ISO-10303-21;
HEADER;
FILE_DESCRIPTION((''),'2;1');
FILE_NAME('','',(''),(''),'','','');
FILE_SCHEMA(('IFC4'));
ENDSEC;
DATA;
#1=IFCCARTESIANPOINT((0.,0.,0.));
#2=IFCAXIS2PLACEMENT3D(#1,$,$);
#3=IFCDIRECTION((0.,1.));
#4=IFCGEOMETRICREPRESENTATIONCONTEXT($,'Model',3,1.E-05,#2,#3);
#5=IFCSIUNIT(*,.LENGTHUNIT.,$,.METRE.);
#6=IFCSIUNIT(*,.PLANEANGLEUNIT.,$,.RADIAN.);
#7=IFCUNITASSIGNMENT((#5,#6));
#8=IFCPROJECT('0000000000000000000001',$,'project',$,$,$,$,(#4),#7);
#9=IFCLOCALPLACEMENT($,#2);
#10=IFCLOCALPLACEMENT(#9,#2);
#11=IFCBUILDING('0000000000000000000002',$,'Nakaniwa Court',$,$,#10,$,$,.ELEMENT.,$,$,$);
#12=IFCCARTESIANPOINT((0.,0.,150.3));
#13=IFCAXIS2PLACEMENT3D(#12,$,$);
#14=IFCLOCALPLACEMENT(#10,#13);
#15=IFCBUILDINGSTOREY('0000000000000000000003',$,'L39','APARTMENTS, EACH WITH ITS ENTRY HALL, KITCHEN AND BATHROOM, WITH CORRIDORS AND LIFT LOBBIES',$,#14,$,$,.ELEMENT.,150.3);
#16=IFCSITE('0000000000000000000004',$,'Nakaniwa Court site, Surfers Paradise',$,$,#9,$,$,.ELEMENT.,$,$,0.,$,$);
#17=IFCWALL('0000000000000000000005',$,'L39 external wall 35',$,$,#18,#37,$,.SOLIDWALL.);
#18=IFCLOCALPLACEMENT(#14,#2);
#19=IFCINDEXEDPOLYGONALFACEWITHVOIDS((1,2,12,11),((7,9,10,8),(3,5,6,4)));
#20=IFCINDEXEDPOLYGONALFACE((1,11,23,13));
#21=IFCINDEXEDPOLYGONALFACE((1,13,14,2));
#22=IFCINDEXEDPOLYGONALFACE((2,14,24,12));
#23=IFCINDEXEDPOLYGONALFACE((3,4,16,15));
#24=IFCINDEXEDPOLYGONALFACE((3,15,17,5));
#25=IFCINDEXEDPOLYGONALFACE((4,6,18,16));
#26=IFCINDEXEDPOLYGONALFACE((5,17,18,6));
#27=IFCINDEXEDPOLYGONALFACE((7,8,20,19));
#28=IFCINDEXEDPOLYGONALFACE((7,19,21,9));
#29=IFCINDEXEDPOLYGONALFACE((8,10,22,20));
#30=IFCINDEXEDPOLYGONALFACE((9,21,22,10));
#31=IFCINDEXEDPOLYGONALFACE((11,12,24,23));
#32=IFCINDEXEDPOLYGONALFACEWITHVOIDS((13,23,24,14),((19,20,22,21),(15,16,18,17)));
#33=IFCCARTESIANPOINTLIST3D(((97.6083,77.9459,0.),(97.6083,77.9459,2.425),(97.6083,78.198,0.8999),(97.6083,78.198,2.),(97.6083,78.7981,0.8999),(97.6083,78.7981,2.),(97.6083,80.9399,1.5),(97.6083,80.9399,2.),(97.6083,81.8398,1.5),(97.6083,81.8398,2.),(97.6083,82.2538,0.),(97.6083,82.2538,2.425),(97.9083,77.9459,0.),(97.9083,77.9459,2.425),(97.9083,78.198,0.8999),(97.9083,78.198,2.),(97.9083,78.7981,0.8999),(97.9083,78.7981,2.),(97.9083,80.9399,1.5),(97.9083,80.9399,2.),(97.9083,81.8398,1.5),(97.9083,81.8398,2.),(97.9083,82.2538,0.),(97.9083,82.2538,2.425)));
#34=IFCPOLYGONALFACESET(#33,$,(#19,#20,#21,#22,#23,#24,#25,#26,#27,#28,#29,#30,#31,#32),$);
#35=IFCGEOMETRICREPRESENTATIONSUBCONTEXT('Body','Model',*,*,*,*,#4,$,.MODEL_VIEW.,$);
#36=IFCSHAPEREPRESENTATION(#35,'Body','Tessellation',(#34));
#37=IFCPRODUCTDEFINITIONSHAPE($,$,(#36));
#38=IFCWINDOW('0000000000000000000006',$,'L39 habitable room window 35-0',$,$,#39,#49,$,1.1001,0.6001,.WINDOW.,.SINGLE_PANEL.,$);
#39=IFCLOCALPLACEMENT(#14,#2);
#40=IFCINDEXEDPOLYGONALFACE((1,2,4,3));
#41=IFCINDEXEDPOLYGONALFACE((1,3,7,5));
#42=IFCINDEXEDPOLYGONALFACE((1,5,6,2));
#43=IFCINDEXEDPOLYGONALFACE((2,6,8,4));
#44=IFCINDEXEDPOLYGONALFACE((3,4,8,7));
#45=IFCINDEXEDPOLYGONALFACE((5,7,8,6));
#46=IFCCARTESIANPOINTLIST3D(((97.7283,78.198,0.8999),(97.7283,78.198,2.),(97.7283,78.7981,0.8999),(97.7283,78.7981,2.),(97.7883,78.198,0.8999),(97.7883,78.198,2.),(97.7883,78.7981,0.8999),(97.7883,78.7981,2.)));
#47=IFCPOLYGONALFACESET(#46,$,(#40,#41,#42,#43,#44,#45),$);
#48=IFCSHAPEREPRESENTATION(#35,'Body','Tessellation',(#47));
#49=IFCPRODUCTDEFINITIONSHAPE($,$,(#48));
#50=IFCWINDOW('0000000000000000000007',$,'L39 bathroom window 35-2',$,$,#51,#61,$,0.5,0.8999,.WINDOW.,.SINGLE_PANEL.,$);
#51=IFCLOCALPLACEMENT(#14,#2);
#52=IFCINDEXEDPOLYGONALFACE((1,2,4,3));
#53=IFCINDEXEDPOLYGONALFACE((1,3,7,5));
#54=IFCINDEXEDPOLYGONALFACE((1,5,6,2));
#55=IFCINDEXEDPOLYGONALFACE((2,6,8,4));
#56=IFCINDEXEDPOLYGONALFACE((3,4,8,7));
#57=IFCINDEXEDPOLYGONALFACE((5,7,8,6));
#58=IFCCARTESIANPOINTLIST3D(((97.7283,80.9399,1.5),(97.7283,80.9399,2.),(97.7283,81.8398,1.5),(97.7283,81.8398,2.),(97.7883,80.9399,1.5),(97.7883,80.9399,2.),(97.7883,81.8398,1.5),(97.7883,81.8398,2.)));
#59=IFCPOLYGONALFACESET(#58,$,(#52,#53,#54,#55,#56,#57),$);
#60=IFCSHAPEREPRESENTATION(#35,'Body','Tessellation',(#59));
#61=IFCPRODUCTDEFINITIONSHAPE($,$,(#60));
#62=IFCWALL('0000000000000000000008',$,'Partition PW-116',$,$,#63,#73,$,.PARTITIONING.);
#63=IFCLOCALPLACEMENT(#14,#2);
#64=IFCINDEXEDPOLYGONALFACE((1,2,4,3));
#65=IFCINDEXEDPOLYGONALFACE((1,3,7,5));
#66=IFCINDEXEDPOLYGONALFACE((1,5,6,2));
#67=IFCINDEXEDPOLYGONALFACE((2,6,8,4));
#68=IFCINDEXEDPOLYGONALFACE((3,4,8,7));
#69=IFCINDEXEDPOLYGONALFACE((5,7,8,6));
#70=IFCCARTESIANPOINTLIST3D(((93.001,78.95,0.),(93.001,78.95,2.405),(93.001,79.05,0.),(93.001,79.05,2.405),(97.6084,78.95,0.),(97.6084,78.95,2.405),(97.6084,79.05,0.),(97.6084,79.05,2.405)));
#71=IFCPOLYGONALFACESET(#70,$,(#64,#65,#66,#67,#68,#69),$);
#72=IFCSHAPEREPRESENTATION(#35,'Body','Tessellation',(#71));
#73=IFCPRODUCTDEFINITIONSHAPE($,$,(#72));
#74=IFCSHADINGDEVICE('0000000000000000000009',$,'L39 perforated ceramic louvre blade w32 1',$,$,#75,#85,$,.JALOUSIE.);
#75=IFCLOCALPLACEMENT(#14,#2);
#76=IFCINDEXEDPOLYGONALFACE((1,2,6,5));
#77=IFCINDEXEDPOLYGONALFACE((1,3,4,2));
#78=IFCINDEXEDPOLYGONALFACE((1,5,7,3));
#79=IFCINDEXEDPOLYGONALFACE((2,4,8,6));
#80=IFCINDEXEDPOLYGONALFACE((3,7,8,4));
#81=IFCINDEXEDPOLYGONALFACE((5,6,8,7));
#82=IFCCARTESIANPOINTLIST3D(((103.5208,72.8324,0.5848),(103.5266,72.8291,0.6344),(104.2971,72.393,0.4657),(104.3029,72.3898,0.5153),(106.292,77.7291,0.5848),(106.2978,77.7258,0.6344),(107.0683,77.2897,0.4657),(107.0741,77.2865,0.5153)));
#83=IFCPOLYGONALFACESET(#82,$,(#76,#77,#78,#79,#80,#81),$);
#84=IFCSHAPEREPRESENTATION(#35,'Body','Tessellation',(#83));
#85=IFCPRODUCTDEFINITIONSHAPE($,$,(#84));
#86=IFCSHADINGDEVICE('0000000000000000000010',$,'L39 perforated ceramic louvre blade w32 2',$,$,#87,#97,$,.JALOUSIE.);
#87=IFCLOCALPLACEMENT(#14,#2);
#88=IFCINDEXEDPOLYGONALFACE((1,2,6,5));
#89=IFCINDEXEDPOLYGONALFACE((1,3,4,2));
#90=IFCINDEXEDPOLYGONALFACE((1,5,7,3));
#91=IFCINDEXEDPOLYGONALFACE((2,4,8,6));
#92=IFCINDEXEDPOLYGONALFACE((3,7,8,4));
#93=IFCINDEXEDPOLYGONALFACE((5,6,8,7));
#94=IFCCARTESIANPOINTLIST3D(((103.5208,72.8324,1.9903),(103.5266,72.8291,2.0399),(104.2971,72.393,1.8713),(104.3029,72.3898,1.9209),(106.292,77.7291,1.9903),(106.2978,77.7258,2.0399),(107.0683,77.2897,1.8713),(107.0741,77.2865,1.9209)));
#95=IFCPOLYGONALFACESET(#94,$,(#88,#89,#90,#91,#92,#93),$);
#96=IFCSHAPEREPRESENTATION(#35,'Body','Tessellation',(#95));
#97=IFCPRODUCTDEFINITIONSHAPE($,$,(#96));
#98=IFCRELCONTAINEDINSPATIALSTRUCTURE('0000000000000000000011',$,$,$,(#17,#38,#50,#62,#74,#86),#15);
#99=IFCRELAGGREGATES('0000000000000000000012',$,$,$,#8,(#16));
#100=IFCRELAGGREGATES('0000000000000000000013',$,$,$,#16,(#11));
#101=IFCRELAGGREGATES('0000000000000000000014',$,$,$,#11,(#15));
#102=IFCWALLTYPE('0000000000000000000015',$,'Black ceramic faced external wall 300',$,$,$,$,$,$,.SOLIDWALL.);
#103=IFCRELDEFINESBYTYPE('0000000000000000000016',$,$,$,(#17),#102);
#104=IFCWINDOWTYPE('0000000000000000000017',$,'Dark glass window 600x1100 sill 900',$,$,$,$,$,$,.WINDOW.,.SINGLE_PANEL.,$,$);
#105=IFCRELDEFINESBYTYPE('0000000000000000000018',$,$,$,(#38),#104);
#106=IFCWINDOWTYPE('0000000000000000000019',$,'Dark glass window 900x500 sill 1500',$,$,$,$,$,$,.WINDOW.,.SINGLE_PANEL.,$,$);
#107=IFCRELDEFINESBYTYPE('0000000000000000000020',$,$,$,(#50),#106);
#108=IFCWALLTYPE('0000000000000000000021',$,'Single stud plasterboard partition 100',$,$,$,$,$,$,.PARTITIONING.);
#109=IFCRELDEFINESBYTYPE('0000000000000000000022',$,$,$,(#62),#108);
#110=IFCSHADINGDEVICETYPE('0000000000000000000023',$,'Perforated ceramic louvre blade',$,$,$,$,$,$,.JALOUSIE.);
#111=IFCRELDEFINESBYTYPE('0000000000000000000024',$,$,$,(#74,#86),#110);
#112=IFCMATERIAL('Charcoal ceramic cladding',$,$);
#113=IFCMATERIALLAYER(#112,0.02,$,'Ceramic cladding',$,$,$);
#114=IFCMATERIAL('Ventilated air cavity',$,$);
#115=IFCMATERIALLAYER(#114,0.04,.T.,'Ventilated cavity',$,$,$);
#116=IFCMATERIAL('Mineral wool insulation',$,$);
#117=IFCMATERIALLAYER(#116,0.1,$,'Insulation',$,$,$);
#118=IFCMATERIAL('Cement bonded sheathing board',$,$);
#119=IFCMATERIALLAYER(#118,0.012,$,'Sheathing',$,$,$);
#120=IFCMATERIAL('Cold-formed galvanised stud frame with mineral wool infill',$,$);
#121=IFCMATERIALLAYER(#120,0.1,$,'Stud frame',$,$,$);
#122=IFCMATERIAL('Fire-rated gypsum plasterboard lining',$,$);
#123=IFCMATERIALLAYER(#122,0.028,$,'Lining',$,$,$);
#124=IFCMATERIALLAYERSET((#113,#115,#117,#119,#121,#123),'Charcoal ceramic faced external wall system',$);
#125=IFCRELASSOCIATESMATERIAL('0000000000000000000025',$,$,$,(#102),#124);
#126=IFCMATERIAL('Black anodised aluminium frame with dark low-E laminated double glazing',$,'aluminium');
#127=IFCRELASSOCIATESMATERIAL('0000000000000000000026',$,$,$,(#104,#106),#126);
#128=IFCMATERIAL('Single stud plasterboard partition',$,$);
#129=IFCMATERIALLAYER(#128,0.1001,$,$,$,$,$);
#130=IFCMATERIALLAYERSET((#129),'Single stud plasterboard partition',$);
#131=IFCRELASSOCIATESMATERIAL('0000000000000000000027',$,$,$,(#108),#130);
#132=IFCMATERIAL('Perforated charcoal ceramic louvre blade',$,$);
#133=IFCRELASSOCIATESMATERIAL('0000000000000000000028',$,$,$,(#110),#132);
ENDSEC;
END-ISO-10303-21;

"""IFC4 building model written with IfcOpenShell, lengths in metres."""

from ifc_helpers import new_model, si_unit, direction, frame, frame_2d, origin, origin_2d, place, context, subcontext, project, spatial, rectangle, extrude, material, layer, layer_set, material_profile, profile_set, type_object, element, fill, save


model = new_model("IFC4")

# Units and contexts
model_context = context("Model", 3, precision=1e-05, world=origin(), true_north=direction((0.0, 1.0)))
body_context = subcontext(model_context, "Body", "Model", "MODEL_VIEW")
ifc_project = project(units=[si_unit("LENGTHUNIT", "METRE"), si_unit("PLANEANGLEUNIT", "RADIAN")], contexts=[model_context])

# Site, building, storey
site_placement = place(None, origin())
site = spatial("IfcSite", under=ifc_project, at=site_placement, Name="Nakaniwa Court site, Surfers Paradise", CompositionType="ELEMENT", RefElevation=0.0)
building_placement = place(site_placement, origin())
building = spatial("IfcBuilding", under=site, at=building_placement, Name="Nakaniwa Court", CompositionType="ELEMENT")
storey_placement = place(building_placement, frame((0.0, 0.0, 150.3)))
storey = spatial("IfcBuildingStorey", under=building, at=storey_placement, Name="L39", Description="APARTMENTS, EACH WITH ITS ENTRY HALL, KITCHEN AND BATHROOM, WITH CORRIDORS AND LIFT LOBBIES", CompositionType="ELEMENT", Elevation=150.3)

# Shared definitions
ifc_material_1 = material(Name="Charcoal ceramic cladding")
ifc_layer_1 = layer(ifc_material_1, 0.02, Name="Ceramic cladding")
ifc_material_2 = material(Name="Ventilated air cavity")
ifc_layer_2 = layer(ifc_material_2, 0.04, ventilated=True, Name="Ventilated cavity")
ifc_material_3 = material(Name="Mineral wool insulation")
ifc_layer_3 = layer(ifc_material_3, 0.1, Name="Insulation")
ifc_material_4 = material(Name="Cement bonded sheathing board")
ifc_layer_4 = layer(ifc_material_4, 0.012, Name="Sheathing")
ifc_material_5 = material(Name="Cold-formed galvanised stud frame with mineral wool infill")
ifc_layer_5 = layer(ifc_material_5, 0.1, Name="Stud frame")
ifc_material_6 = material(Name="Fire-rated gypsum plasterboard lining")
ifc_layer_6 = layer(ifc_material_6, 0.028, Name="Lining")
ifc_layer_set_1 = layer_set([ifc_layer_1, ifc_layer_2, ifc_layer_3, ifc_layer_4, ifc_layer_5, ifc_layer_6], Name="Charcoal ceramic faced external wall system")
wall_type_1 = type_object("IfcWallType", Name="Black ceramic faced external wall 300", PredefinedType="SOLIDWALL", material=ifc_layer_set_1)
ifc_material_7 = material(Name="Black anodised aluminium frame with dark low-E laminated double glazing", Category="aluminium")

# Wall, openings, windows
wall_1_placement = place(storey_placement, frame((97.7583, 77.946, 0.0), z_axis=(0.0, 0.0, 1.0), x_axis=(0.0, 1.0, 0.0)))
wall_1 = element("IfcWall", 1, at=wall_1_placement, inside=storey, type_object=wall_type_1, Name="L39 external wall 35", PredefinedType="SOLIDWALL", context=body_context, shape_type="SweptSolid", body=[
    extrude(rectangle(XDim=4.3079, YDim=0.3, at=frame_2d((2.1538, 0.0))), origin(), (0.0, 0.0, 1.0), 2.425),
])
opening_1_placement = place(wall_1_placement, frame((0.252, 0.0, 0.8999)))
opening_1 = element("IfcOpeningElement", 2, at=opening_1_placement, cuts=wall_1, PredefinedType="OPENING", context=body_context, shape_type="SweptSolid", body=[
    extrude(rectangle(XDim=0.6001, YDim=1.1001, at=frame_2d((0.3, 0.55))), frame((0.0, 0.1599, 0.0), z_axis=(0.0, -1.0, 0.0), x_axis=(1.0, 0.0, 0.0)), (0.0, 0.0, 1.0), 0.3201),
])
opening_2_placement = place(wall_1_placement, frame((2.9939, 0.0, 1.5)))
opening_2 = element("IfcOpeningElement", 3, at=opening_2_placement, cuts=wall_1, PredefinedType="OPENING", context=body_context, shape_type="SweptSolid", body=[
    extrude(rectangle(XDim=0.8999, YDim=0.5, at=frame_2d((0.45, 0.25))), frame((0.0, 0.1599, 0.0), z_axis=(0.0, -1.0, 0.0), x_axis=(1.0, 0.0, 0.0)), (0.0, 0.0, 1.0), 0.3201),
])
window_type_1 = type_object("IfcWindowType", Name="Dark glass window 600x1100 sill 900", PartitioningType="SINGLE_PANEL", PredefinedType="WINDOW", material=ifc_material_7)
window_1_placement = place(opening_1_placement, origin())
window_1 = element("IfcWindow", 4, at=window_1_placement, inside=storey, type_object=window_type_1, Name="L39 habitable room window 35-0", OverallHeight=1.1001, OverallWidth=0.6001, PartitioningType="SINGLE_PANEL", PredefinedType="WINDOW", context=body_context, shape_type="SweptSolid", body=[
    extrude(rectangle(XDim=0.6001, YDim=1.1001, at=frame_2d((0.3, 0.55))), frame((0.0, 0.03, 0.0), z_axis=(0.0, -1.0, 0.0), x_axis=(1.0, 0.0, 0.0)), (0.0, 0.0, 1.0), 0.0601),
])
fill(opening_1, window_1)
window_type_2 = type_object("IfcWindowType", Name="Dark glass window 900x500 sill 1500", PartitioningType="SINGLE_PANEL", PredefinedType="WINDOW", material=ifc_material_7)
window_2_placement = place(opening_2_placement, origin())
window_2 = element("IfcWindow", 5, at=window_2_placement, inside=storey, type_object=window_type_2, Name="L39 bathroom window 35-2", OverallHeight=0.5, OverallWidth=0.8999, PartitioningType="SINGLE_PANEL", PredefinedType="WINDOW", context=body_context, shape_type="SweptSolid", body=[
    extrude(rectangle(XDim=0.8999, YDim=0.5, at=frame_2d((0.45, 0.25))), frame((0.0, 0.03, 0.0), z_axis=(0.0, -1.0, 0.0), x_axis=(1.0, 0.0, 0.0)), (0.0, 0.0, 1.0), 0.0601),
])
fill(opening_2, window_2)

# Wall
ifc_material_8 = material(Name="Single stud plasterboard partition")
ifc_layer_7 = layer(ifc_material_8, 0.1001)
ifc_layer_set_2 = layer_set([ifc_layer_7], Name="Single stud plasterboard partition")
wall_type_2 = type_object("IfcWallType", Name="Single stud plasterboard partition 100", PredefinedType="PARTITIONING", material=ifc_layer_set_2)
wall_2_placement = place(storey_placement, frame((93.001, 79.0, 0.0), z_axis=(0.0, 0.0, 1.0), x_axis=(1.0, 0.0, 0.0)))
element("IfcWall", 6, at=wall_2_placement, inside=storey, type_object=wall_type_2, Name="Partition PW-116", PredefinedType="PARTITIONING", context=body_context, shape_type="SweptSolid", body=[
    extrude(rectangle(XDim=4.6074, YDim=0.1001, at=frame_2d((2.3037, 0.0))), origin(), (0.0, 0.0, 1.0), 2.405),
])

# Shading devices
ifc_material_9 = material(Name="Perforated charcoal ceramic louvre blade")
ifc_material_profile_1 = material_profile(ifc_material_9, rectangle(XDim=0.8999, YDim=0.05, at=origin_2d()), Name="Perforated ceramic louvre blade")
ifc_profile_set_1 = profile_set([ifc_material_profile_1], Name="Perforated charcoal ceramic louvre blade")
shading_device_type = type_object("IfcShadingDeviceType", Name="Perforated ceramic louvre blade", PredefinedType="JALOUSIE", material=ifc_profile_set_1)
for number, where, z_axis, x_axis, name in (
    (7, (103.9119, 72.6111, 0.55), (0.492532, 0.870294, 0.0), (-0.862649, 0.488205, 0.132256), "L39 perforated ceramic louvre blade w32 1"),
    (8, (103.9119, 72.6111, 1.9556), (0.492532, 0.870294, 0.0), (-0.862649, 0.488205, 0.132256), "L39 perforated ceramic louvre blade w32 2"),
):
    element("IfcShadingDevice", number, at=place(storey_placement, frame(where, z_axis=z_axis, x_axis=x_axis)), inside=storey, type_object=shading_device_type, Name=name, PredefinedType="JALOUSIE", context=body_context, shape_type="SweptSolid", body=[
        extrude(rectangle(XDim=0.8999, YDim=0.05, at=origin_2d()), origin(), (0.0, 0.0, 1.0), 5.6265),
    ])

save(model, "model.ifc")
